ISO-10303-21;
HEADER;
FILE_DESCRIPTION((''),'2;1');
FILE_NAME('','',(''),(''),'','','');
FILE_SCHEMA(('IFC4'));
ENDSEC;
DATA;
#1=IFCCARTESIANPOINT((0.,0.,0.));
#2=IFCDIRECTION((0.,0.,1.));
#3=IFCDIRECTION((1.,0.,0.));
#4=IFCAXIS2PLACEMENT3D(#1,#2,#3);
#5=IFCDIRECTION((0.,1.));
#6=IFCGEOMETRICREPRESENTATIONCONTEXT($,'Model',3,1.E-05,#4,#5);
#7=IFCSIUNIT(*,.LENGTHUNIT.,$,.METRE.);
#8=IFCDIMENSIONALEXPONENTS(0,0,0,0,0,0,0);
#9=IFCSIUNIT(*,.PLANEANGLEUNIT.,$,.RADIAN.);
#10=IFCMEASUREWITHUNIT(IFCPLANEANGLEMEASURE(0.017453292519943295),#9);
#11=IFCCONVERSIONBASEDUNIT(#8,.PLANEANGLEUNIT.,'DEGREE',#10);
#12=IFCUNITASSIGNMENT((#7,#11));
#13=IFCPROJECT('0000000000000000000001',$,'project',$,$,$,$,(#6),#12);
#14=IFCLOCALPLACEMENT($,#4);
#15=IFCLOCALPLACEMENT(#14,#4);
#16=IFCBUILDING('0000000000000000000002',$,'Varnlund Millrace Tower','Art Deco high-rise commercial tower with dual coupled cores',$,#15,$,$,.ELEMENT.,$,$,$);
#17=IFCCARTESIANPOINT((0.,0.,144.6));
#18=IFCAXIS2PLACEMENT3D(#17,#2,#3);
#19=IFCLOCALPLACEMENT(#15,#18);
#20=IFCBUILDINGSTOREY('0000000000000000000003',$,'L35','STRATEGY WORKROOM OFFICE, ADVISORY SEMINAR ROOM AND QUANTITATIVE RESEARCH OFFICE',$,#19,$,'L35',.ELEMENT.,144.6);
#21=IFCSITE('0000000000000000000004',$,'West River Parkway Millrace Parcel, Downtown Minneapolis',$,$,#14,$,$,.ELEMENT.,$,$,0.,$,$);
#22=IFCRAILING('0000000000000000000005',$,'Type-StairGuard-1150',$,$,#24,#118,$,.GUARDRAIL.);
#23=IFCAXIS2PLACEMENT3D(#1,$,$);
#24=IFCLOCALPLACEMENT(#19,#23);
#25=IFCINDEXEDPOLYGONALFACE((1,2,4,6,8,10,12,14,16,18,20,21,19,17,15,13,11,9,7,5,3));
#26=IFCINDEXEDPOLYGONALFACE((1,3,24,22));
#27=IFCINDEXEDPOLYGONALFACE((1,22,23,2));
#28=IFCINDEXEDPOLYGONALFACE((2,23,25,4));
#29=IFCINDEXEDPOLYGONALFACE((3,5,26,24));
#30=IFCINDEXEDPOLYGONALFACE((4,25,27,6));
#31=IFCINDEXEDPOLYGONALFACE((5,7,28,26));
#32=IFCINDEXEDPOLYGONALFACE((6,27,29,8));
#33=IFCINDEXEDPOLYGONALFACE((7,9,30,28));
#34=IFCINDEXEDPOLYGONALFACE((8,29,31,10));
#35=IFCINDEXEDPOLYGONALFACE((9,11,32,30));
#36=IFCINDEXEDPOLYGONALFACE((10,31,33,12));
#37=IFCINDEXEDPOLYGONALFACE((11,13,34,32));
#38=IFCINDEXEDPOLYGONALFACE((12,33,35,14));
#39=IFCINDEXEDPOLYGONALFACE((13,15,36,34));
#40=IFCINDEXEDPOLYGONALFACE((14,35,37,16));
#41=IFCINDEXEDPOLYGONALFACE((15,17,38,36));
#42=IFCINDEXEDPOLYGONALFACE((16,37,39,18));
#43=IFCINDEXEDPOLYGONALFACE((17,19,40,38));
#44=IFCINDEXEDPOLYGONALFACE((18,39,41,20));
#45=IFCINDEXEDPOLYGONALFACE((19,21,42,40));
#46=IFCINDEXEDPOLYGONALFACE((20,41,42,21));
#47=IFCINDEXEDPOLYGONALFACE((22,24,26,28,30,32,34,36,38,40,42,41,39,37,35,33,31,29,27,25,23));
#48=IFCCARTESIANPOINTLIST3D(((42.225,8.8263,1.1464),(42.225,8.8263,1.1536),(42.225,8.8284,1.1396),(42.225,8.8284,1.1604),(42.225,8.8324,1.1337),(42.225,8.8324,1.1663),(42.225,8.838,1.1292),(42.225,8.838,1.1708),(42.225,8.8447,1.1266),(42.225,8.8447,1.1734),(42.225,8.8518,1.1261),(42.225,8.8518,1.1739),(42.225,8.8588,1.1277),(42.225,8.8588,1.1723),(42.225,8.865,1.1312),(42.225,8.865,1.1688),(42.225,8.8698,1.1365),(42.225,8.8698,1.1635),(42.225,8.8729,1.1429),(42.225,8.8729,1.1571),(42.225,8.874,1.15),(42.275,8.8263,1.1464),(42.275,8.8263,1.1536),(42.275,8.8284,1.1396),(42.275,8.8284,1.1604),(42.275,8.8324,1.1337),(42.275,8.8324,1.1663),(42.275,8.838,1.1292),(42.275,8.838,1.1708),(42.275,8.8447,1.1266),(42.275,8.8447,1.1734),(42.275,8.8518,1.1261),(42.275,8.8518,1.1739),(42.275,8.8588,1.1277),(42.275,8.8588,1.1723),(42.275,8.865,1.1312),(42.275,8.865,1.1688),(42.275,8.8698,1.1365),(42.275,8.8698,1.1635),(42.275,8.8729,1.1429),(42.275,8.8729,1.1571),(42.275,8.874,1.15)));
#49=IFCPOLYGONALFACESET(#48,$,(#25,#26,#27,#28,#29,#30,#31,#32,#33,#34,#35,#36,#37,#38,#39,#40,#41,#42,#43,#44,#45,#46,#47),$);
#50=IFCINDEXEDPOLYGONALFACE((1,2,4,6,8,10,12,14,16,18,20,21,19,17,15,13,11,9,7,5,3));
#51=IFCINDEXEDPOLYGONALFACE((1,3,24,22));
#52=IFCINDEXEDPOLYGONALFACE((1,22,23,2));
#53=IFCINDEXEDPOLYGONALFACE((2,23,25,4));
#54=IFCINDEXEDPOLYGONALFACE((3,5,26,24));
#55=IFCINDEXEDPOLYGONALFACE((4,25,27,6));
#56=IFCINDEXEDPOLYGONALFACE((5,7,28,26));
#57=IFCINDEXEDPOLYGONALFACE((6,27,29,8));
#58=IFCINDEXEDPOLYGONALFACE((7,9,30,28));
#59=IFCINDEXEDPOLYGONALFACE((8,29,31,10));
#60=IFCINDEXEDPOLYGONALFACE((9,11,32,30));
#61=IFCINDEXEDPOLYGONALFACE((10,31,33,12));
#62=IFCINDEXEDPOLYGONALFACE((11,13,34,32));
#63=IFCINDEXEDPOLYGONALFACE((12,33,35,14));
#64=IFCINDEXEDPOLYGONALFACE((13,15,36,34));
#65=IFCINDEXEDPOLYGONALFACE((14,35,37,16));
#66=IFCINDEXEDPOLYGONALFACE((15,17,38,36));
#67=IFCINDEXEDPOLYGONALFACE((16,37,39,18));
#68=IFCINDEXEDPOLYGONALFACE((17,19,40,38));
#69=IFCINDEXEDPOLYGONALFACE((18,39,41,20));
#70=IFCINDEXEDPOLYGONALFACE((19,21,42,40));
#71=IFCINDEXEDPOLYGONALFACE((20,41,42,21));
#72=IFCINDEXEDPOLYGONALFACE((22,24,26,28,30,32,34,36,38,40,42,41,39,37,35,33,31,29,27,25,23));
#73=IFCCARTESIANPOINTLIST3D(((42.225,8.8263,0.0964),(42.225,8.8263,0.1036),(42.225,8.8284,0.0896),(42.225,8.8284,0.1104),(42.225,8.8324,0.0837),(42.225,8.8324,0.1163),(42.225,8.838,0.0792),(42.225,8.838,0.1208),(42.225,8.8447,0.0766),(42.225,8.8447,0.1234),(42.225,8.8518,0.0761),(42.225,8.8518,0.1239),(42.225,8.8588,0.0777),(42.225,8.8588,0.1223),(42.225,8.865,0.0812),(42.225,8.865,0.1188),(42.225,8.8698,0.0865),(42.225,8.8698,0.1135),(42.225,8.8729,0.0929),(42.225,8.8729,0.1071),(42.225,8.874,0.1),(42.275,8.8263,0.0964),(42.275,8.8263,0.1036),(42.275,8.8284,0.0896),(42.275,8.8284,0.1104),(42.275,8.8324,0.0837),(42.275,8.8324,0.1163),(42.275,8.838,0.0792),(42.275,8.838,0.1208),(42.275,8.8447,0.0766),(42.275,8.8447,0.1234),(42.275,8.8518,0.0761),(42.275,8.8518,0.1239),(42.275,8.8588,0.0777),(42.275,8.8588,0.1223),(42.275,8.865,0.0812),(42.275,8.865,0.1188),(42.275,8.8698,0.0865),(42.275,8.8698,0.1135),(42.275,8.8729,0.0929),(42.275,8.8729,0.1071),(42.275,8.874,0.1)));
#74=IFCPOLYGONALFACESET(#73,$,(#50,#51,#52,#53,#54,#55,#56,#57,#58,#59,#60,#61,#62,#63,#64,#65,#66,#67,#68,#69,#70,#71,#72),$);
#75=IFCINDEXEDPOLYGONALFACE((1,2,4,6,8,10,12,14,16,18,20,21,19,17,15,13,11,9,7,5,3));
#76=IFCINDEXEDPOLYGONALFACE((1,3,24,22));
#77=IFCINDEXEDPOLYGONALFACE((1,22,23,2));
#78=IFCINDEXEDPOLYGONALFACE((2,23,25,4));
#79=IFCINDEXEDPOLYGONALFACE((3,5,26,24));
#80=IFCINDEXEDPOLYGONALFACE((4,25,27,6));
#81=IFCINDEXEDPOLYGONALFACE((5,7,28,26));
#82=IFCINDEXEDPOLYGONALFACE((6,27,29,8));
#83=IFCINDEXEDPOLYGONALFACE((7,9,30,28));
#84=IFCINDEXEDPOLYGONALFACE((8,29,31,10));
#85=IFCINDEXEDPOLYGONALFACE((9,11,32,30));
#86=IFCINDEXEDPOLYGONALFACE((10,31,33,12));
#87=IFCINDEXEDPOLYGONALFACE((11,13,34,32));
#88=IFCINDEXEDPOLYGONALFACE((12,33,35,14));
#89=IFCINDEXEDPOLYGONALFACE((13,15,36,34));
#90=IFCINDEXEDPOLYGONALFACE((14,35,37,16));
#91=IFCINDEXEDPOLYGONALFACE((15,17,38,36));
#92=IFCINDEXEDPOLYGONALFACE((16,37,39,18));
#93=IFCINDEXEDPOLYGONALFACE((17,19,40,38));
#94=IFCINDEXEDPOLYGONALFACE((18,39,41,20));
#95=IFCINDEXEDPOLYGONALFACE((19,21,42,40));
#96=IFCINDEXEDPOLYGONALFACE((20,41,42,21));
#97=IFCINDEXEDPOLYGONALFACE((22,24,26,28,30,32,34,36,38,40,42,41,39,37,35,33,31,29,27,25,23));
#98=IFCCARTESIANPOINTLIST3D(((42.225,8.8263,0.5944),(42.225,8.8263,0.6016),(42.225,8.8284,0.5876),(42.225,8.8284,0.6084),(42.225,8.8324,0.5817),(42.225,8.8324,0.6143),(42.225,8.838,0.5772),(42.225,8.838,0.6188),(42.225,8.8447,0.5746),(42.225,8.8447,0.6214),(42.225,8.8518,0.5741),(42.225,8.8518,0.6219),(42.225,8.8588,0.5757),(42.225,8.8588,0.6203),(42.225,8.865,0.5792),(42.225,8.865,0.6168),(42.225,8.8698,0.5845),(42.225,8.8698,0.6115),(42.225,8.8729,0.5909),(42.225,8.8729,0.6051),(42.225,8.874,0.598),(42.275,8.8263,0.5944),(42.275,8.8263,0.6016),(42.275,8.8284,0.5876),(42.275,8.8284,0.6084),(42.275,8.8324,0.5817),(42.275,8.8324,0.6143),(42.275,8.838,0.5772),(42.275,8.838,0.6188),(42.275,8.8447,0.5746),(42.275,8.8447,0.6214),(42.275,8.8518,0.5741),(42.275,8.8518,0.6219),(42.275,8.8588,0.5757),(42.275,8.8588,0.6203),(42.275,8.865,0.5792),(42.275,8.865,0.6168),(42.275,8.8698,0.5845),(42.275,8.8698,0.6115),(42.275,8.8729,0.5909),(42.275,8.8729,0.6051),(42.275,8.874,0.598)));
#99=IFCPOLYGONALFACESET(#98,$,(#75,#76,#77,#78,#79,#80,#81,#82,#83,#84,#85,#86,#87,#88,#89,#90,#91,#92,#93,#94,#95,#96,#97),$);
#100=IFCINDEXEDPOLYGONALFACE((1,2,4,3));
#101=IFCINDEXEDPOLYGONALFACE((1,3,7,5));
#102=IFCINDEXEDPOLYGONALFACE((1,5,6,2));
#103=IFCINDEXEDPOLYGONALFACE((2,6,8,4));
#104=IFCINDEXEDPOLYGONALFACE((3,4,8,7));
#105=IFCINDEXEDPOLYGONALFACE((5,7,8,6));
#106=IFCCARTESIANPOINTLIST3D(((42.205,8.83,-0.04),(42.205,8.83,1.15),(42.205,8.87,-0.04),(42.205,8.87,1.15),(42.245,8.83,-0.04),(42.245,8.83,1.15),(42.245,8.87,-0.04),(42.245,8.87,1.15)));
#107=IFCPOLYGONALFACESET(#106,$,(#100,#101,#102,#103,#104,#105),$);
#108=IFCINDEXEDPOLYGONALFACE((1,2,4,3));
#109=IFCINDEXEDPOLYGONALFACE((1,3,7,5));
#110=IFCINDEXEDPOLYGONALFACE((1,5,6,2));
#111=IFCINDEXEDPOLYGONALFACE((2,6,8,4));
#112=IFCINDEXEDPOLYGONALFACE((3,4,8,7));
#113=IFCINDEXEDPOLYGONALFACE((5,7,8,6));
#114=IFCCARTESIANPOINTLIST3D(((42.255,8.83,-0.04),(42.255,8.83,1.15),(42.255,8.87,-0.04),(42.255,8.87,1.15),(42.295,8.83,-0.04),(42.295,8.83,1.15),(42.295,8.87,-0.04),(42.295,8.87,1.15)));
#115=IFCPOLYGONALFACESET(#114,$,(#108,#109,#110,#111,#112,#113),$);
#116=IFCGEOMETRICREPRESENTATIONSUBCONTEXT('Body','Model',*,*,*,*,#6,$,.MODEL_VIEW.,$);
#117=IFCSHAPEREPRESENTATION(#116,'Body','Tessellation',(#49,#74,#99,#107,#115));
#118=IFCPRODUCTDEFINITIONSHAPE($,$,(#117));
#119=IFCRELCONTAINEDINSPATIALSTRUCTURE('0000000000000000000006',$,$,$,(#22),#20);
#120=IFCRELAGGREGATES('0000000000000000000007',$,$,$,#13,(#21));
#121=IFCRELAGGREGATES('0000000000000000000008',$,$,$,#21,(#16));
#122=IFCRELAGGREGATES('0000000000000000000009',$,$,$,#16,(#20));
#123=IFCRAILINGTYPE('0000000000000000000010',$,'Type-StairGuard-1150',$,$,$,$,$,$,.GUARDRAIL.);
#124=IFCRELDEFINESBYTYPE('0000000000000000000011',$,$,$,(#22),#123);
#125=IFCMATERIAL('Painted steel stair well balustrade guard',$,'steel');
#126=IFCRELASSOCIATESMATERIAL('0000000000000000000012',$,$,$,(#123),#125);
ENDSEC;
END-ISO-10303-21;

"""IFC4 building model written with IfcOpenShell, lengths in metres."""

from ifc_helpers import new_model, entity, si_unit, converted_unit, direction, frame, origin_with_axes, origin_2d_with_axis, place, context, subcontext, project, spatial, rectangle, circle, extrude, material, type_object, element, save


model = new_model("IFC4")

# Units and contexts
model_context = context("Model", 3, precision=1e-05, world=origin_with_axes(), true_north=direction((0.0, 1.0)))
body_context = subcontext(model_context, "Body", "Model", "MODEL_VIEW")
ifc_project = project(units=[si_unit("LENGTHUNIT", "METRE"), converted_unit("PLANEANGLEUNIT", "DEGREE", entity("IfcPlaneAngleMeasure", 0.017453292519943295), si_unit("PLANEANGLEUNIT", "RADIAN"), dimensions=[0, 0, 0, 0, 0, 0, 0])], contexts=[model_context])

# Site, building, storey
site_placement = place(None, origin_with_axes())
site = spatial("IfcSite", under=ifc_project, at=site_placement, Name="West River Parkway Millrace Parcel, Downtown Minneapolis", CompositionType="ELEMENT", RefElevation=0.0)
building_placement = place(site_placement, origin_with_axes())
building = spatial("IfcBuilding", under=site, at=building_placement, Name="Varnlund Millrace Tower", Description="Art Deco high-rise commercial tower with dual coupled cores", CompositionType="ELEMENT")
storey_placement = place(building_placement, frame((0.0, 0.0, 144.6), z_axis=(0.0, 0.0, 1.0), x_axis=(1.0, 0.0, 0.0)))
storey = spatial("IfcBuildingStorey", under=building, at=storey_placement, Name="L35", Description="STRATEGY WORKROOM OFFICE, ADVISORY SEMINAR ROOM AND QUANTITATIVE RESEARCH OFFICE", LongName="L35", CompositionType="ELEMENT", Elevation=144.6)

# Railing
ifc_material_1 = material(Name="Painted steel stair well balustrade guard", Category="steel")
railing_type_1 = type_object("IfcRailingType", Name="Type-StairGuard-1150", PredefinedType="GUARDRAIL", material=ifc_material_1)
railing_1_placement = place(storey_placement, frame((0.0, 0.0, -144.6), z_axis=(0.0, 0.0, 1.0), x_axis=(1.0, 0.0, 0.0)))
element("IfcRailing", 1, at=railing_1_placement, inside=storey, type_object=railing_type_1, Name="Type-StairGuard-1150", PredefinedType="GUARDRAIL", context=body_context, shape_type="SweptSolid", body=[
    extrude(circle(Radius=0.024, at=origin_2d_with_axis()), frame((42.225, 8.85, 145.75), z_axis=(1.0, 0.0, 0.0), x_axis=(0.0, 1.0, 0.0)), (0.0, 0.0, 1.0), 0.05),
    extrude(circle(Radius=0.024, at=origin_2d_with_axis()), frame((42.225, 8.85, 144.7), z_axis=(1.0, 0.0, 0.0), x_axis=(0.0, 1.0, 0.0)), (0.0, 0.0, 1.0), 0.05),
    extrude(circle(Radius=0.024, at=origin_2d_with_axis()), frame((42.225, 8.85, 145.198), z_axis=(1.0, 0.0, 0.0), x_axis=(0.0, 1.0, 0.0)), (0.0, 0.0, 1.0), 0.05),
    extrude(rectangle(XDim=0.04, YDim=0.04, at=origin_2d_with_axis()), frame((42.225, 8.85, 144.56), z_axis=(0.0, 0.0, 1.0), x_axis=(1.0, 0.0, 0.0)), (0.0, 0.0, 1.0), 1.19),
    extrude(rectangle(XDim=0.04, YDim=0.04, at=origin_2d_with_axis()), frame((42.275, 8.85, 144.56), z_axis=(0.0, 0.0, 1.0), x_axis=(1.0, 0.0, 0.0)), (0.0, 0.0, 1.0), 1.19),
])

save(model, "model.ifc")
